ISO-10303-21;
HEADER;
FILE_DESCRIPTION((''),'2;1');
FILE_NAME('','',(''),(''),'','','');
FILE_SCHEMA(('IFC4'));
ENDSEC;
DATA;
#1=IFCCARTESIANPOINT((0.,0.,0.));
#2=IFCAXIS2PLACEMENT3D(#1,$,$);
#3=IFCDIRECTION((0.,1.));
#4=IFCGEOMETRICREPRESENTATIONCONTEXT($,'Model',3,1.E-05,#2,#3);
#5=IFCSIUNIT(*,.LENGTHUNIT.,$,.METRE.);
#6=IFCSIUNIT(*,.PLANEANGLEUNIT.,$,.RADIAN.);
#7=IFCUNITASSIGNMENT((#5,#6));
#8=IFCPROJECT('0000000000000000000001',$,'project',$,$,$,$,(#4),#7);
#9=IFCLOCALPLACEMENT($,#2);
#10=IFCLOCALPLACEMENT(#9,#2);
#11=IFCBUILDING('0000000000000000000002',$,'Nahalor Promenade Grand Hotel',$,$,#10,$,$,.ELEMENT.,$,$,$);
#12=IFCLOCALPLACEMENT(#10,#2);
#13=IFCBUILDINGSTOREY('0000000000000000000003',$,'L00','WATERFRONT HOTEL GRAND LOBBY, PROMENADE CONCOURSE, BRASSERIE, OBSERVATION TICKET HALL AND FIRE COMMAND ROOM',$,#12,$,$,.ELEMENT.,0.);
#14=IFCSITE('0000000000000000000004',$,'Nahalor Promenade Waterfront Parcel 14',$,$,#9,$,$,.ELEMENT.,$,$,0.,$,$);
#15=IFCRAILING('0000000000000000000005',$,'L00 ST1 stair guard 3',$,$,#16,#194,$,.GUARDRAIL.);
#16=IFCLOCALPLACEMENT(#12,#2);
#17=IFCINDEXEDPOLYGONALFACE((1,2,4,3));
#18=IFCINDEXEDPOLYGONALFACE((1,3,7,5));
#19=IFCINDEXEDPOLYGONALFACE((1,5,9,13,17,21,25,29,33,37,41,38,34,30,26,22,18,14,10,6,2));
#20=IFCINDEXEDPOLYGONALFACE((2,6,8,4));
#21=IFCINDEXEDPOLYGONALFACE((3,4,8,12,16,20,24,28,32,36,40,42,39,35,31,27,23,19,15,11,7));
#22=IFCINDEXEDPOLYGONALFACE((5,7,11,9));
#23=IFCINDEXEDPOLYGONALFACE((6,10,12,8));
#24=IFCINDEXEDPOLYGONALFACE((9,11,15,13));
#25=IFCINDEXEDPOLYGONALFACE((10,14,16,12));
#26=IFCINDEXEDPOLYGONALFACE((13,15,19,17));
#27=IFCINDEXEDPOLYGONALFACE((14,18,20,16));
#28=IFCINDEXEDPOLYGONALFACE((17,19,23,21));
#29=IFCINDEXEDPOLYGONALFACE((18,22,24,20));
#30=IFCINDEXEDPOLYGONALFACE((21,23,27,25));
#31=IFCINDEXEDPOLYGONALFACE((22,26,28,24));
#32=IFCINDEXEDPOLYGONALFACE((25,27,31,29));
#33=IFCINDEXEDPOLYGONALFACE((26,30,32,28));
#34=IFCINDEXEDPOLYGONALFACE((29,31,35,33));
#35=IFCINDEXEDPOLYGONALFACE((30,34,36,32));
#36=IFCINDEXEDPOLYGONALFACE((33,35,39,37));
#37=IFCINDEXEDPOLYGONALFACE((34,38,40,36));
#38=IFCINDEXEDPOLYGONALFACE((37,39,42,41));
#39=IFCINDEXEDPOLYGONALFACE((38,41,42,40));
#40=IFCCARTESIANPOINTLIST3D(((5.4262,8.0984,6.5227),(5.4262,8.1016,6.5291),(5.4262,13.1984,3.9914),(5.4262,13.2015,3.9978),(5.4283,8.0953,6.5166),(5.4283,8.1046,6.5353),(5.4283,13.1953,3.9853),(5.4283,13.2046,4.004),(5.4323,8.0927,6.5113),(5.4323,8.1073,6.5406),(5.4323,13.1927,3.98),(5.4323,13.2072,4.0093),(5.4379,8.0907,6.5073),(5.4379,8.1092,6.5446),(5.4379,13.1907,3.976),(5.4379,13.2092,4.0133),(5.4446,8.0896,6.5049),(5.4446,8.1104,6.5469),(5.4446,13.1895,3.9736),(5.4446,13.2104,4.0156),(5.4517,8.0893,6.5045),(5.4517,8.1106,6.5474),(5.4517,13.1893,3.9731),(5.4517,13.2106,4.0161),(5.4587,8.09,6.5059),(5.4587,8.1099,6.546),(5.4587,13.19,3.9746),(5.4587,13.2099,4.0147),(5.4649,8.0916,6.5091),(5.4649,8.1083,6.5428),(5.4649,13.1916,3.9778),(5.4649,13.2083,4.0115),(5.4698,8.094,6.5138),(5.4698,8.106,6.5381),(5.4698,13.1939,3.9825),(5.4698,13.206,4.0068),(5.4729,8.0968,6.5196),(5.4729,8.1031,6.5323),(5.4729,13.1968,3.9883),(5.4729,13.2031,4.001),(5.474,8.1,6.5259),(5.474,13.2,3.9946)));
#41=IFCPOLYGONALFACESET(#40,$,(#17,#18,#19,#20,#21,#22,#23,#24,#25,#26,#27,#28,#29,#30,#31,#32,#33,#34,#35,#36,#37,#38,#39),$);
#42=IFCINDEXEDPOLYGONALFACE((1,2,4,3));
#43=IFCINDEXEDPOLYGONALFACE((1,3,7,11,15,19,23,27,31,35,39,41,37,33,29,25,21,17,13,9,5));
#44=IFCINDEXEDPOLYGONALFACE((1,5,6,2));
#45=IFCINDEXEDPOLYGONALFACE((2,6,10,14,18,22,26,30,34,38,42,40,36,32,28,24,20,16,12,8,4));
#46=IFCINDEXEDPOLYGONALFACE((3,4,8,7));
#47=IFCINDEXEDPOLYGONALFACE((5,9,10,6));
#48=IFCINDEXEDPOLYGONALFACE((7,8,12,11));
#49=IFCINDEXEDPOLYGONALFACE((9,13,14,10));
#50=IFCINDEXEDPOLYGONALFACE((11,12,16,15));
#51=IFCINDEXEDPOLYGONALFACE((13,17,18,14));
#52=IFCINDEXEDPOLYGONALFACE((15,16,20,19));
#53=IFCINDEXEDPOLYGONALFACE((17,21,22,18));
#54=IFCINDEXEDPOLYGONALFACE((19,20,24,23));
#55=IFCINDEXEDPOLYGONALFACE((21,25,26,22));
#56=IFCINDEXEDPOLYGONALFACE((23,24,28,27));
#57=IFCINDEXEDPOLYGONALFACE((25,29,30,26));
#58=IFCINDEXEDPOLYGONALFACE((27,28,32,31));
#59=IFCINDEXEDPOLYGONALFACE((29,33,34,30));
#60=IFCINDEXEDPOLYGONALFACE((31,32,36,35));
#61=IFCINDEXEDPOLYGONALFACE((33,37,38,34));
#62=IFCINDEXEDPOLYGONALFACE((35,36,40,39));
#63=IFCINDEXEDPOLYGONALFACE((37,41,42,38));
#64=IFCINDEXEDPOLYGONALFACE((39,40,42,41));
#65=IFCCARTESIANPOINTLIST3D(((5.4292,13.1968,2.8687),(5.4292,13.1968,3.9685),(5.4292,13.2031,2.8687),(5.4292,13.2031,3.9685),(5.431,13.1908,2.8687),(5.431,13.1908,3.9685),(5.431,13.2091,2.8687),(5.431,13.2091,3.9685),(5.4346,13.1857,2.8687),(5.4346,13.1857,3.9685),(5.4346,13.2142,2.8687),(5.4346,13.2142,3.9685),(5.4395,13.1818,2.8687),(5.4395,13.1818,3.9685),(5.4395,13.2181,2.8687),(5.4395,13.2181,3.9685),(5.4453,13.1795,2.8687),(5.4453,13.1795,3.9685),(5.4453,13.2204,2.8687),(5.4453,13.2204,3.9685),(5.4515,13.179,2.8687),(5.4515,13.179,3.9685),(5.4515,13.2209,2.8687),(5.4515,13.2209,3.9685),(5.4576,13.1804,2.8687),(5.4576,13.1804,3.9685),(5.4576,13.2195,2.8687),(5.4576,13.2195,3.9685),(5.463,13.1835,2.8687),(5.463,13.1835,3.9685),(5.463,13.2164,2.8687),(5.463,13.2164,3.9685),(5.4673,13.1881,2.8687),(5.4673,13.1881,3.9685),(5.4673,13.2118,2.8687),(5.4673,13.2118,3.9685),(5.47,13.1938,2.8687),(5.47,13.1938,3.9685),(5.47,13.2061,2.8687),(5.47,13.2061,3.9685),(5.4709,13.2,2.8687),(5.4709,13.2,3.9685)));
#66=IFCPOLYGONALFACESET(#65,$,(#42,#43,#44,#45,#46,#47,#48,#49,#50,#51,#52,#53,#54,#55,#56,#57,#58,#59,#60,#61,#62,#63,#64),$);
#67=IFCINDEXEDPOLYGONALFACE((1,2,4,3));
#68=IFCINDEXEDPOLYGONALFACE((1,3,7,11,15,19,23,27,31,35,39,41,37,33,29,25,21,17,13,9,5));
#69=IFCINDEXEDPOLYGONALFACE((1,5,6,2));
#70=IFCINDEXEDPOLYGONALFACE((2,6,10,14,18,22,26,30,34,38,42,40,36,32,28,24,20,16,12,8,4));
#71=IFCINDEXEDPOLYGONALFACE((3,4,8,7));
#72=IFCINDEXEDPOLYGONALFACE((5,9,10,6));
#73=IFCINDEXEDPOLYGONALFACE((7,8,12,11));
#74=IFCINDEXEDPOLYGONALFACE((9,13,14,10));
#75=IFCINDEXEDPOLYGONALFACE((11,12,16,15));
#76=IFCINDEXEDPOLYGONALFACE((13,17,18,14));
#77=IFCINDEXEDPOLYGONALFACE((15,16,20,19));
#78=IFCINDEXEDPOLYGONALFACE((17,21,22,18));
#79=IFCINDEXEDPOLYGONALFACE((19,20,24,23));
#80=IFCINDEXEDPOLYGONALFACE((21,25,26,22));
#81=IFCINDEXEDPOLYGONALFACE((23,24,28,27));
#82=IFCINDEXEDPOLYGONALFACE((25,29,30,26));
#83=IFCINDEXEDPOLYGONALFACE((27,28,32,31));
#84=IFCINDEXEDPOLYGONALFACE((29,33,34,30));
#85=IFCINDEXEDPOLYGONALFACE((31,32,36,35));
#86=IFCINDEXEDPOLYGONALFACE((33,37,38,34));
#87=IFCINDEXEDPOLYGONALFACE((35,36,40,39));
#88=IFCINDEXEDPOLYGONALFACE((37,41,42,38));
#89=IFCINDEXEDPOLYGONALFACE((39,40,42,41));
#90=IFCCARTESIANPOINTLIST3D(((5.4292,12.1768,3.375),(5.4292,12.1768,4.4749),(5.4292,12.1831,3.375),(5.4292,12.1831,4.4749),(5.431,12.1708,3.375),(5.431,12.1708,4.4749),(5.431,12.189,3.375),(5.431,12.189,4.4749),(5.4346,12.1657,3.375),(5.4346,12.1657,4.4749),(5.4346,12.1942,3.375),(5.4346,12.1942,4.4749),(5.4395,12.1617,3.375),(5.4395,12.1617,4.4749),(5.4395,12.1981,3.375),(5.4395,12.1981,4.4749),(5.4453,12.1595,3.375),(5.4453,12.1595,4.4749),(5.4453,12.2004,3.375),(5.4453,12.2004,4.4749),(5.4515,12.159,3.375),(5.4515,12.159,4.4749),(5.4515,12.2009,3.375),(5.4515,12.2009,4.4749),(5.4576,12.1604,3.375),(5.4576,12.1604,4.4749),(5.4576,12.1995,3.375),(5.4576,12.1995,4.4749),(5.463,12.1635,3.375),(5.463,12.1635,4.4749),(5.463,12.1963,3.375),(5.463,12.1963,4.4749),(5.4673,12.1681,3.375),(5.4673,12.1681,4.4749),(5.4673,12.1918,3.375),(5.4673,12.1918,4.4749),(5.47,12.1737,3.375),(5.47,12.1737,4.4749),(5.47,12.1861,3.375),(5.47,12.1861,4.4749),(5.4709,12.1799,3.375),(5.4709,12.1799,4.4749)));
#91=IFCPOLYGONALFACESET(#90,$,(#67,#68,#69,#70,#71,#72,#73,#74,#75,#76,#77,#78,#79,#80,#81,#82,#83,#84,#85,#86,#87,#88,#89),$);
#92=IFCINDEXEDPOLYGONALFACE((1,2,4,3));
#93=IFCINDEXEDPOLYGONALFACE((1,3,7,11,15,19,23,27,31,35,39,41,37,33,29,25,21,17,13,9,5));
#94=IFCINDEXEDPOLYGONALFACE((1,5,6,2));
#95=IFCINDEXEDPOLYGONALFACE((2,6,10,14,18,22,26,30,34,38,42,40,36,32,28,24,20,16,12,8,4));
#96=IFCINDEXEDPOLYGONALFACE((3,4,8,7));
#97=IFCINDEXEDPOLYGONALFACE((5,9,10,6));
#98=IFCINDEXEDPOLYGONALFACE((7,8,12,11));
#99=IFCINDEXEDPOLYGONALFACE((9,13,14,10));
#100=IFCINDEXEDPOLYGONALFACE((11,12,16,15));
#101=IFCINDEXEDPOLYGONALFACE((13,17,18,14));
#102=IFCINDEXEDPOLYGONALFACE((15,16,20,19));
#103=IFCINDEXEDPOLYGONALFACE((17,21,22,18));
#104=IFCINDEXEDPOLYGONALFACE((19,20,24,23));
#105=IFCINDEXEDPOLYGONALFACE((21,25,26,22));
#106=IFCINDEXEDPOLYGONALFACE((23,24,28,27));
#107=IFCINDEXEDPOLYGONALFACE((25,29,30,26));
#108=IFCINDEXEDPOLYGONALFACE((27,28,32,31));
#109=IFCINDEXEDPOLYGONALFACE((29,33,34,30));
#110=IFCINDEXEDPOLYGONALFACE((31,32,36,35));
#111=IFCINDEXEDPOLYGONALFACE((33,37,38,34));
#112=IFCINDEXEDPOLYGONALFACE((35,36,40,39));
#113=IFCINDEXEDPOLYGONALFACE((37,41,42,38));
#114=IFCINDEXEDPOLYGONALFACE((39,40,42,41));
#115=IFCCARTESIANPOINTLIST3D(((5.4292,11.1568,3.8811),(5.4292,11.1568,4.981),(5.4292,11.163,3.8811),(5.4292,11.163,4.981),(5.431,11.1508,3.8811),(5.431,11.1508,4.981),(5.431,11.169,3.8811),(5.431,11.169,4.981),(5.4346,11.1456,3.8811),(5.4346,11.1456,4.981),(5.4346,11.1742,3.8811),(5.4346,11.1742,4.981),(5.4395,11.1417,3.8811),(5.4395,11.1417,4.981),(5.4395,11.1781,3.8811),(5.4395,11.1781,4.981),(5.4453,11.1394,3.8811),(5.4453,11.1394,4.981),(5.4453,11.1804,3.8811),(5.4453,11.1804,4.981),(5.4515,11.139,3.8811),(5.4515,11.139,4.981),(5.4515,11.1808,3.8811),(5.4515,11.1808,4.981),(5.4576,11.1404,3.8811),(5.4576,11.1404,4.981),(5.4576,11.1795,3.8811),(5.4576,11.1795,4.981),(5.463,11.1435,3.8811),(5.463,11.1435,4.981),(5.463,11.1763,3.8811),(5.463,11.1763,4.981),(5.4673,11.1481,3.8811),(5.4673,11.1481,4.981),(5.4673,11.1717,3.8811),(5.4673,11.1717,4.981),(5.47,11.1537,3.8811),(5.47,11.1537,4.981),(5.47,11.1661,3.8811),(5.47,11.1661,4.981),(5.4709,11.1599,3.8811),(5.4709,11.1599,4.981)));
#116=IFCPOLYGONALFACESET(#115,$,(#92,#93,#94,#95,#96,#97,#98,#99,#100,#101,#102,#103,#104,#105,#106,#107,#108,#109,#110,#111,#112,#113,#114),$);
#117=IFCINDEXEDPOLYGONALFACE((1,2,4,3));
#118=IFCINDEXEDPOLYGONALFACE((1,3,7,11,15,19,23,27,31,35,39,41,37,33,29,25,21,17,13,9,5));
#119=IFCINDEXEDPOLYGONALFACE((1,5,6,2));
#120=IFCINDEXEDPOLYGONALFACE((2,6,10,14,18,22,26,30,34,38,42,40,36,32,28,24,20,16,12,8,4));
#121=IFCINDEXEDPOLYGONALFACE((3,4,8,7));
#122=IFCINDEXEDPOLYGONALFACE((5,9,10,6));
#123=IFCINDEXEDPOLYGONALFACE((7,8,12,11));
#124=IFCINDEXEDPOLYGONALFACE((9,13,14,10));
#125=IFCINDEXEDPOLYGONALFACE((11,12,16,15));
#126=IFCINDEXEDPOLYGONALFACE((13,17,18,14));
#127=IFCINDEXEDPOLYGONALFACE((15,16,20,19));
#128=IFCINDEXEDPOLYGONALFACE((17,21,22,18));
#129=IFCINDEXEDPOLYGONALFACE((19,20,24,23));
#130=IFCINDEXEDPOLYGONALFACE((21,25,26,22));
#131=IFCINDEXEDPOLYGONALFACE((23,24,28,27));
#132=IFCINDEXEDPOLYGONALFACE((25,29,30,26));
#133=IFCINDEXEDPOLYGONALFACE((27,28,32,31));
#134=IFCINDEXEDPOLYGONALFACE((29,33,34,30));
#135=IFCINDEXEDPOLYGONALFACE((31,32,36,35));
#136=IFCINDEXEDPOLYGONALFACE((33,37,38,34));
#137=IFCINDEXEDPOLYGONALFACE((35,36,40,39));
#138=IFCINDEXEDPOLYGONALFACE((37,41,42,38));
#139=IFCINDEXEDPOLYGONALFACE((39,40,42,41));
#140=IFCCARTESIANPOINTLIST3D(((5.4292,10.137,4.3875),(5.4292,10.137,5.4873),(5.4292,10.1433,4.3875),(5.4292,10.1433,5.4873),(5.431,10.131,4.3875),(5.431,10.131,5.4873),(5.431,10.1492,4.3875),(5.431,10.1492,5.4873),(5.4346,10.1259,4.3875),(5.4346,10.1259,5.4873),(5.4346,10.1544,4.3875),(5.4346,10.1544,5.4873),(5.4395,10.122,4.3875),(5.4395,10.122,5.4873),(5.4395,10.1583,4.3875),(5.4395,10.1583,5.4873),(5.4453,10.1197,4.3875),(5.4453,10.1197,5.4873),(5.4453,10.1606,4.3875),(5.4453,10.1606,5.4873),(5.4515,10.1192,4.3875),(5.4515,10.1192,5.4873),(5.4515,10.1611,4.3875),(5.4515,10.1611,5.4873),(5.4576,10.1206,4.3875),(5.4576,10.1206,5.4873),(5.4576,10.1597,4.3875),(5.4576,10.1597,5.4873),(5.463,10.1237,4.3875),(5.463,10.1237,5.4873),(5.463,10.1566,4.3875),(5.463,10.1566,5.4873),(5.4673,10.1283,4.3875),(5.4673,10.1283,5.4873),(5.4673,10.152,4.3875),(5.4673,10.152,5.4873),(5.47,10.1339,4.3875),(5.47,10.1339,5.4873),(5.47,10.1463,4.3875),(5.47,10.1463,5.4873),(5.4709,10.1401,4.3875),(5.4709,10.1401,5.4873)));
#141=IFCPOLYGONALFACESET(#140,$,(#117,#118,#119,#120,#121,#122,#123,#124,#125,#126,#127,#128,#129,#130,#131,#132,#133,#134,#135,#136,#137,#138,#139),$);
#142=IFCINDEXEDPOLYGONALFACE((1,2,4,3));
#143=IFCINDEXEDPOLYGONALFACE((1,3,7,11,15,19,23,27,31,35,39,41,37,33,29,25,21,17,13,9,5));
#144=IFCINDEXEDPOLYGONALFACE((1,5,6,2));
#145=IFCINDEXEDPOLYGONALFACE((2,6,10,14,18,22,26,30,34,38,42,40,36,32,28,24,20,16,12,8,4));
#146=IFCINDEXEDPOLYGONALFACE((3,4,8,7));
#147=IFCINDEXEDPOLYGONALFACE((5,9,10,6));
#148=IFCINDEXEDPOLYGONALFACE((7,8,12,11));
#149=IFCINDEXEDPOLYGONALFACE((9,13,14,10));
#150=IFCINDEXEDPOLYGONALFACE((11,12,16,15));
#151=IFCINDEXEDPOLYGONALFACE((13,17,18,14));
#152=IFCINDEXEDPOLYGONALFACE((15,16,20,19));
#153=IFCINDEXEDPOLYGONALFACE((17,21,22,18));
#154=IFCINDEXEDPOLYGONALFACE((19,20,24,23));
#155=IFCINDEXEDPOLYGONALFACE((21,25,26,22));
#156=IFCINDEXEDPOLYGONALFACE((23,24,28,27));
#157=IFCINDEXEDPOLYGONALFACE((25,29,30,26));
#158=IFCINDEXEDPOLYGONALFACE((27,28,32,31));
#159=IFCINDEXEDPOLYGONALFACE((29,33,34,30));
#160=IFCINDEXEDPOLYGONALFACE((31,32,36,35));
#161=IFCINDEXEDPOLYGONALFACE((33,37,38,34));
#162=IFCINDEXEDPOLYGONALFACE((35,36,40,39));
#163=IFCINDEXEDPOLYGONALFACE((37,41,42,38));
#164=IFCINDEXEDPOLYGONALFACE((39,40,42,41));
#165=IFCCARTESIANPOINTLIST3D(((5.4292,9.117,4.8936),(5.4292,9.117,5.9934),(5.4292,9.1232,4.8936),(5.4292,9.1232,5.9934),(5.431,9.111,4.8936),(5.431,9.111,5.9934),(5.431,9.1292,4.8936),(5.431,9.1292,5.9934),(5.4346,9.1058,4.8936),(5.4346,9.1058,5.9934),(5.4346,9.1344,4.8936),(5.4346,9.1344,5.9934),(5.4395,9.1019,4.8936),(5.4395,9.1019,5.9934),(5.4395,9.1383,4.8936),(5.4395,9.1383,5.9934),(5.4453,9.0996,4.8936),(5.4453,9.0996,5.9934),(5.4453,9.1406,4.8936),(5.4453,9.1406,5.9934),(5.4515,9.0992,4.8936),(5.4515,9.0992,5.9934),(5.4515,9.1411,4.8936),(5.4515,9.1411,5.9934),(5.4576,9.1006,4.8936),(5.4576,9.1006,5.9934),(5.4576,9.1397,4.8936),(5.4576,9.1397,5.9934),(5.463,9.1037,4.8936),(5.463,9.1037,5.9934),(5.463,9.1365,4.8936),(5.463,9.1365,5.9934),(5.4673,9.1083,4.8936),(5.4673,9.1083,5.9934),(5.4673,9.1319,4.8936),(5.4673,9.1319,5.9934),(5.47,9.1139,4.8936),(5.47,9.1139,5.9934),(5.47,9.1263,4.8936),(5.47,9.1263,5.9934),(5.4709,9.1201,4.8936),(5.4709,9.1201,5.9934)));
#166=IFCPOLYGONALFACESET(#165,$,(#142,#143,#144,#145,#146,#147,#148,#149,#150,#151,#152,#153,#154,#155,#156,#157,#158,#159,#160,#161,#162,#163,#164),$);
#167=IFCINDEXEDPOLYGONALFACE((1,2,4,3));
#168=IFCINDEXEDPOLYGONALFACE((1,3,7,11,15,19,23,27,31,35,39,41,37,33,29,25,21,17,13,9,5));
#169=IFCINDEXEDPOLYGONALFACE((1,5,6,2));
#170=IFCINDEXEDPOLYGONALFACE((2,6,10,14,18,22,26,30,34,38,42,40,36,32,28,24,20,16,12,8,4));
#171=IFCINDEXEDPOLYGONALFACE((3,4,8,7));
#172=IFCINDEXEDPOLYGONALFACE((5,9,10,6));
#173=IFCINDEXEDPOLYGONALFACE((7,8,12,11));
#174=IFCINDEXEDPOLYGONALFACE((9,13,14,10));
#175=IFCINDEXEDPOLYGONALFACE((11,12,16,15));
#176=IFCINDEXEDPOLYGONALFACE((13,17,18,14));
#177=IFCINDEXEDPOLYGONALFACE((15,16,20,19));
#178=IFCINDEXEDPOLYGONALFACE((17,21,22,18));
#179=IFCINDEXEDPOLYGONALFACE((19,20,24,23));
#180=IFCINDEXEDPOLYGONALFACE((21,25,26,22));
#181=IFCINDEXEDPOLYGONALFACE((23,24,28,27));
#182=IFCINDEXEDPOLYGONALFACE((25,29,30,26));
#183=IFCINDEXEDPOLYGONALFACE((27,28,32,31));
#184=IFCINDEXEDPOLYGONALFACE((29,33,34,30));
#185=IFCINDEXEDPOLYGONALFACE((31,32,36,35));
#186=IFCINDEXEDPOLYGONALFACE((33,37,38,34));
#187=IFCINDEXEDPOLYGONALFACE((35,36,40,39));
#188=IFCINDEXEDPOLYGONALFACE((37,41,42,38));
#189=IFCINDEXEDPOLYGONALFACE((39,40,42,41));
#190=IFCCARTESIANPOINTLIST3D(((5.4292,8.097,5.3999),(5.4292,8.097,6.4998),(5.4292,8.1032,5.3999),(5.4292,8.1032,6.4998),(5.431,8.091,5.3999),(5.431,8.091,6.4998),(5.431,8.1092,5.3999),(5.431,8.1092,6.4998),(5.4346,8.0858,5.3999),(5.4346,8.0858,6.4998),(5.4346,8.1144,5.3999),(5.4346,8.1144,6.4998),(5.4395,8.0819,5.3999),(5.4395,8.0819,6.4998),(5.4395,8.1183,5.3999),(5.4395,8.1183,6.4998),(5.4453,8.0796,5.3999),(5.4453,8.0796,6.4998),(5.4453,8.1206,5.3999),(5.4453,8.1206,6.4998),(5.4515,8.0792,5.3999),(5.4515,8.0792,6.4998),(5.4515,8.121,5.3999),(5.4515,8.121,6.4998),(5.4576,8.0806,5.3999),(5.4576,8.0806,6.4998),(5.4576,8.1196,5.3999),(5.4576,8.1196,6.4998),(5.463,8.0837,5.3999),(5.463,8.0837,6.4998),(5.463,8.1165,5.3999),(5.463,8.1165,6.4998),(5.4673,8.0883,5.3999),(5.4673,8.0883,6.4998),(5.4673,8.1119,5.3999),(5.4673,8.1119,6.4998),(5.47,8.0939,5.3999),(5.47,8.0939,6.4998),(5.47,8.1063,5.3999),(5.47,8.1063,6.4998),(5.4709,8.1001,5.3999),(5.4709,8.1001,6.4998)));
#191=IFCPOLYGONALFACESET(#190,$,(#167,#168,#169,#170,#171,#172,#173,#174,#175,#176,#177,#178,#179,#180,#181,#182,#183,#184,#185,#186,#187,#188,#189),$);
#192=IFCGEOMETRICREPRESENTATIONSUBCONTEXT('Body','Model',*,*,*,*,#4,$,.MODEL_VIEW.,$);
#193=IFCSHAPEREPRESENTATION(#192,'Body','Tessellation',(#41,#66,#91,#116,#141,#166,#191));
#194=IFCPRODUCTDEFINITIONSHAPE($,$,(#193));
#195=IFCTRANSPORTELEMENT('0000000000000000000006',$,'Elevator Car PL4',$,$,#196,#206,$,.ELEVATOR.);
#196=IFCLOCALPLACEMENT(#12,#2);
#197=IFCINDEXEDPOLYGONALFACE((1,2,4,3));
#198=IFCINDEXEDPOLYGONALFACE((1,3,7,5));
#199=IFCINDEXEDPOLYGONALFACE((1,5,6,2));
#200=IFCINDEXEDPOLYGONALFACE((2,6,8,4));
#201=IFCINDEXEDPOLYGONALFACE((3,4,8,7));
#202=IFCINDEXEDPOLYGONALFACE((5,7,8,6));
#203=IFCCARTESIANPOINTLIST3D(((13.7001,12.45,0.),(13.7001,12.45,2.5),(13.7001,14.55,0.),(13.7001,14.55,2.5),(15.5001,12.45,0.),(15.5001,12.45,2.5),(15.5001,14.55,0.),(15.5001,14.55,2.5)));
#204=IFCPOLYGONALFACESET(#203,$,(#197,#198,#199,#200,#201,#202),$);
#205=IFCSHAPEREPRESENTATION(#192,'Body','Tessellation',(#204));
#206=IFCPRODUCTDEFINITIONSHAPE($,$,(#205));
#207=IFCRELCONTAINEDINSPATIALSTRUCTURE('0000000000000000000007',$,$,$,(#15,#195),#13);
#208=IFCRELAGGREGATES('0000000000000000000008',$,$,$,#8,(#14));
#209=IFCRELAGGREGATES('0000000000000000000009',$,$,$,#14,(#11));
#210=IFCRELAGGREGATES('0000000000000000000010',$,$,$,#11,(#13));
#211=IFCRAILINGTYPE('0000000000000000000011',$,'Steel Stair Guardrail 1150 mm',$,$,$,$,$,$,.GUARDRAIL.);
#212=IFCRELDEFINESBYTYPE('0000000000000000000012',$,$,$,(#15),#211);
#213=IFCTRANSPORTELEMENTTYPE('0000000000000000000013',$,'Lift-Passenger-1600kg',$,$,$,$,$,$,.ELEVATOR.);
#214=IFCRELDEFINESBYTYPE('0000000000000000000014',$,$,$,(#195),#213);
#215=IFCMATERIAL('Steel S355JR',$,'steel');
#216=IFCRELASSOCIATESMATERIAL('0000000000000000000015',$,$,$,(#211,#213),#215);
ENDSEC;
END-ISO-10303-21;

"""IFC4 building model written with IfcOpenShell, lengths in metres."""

from ifc_helpers import new_model, si_unit, direction, frame, origin, origin_2d, place, context, subcontext, project, spatial, rectangle, circle, extrude, source, transform, mapped, material, type_object, element, save


model = new_model("IFC4")

# Units and contexts
model_context = context("Model", 3, precision=1e-05, world=origin(), true_north=direction((0.0, 1.0)))
body_context = subcontext(model_context, "Body", "Model", "MODEL_VIEW")
ifc_project = project(units=[si_unit("LENGTHUNIT", "METRE"), si_unit("PLANEANGLEUNIT", "RADIAN")], contexts=[model_context])

# Site, building, storey
site_placement = place(None, origin())
site = spatial("IfcSite", under=ifc_project, at=site_placement, Name="Nahalor Promenade Waterfront Parcel 14", CompositionType="ELEMENT", RefElevation=0.0)
building_placement = place(site_placement, origin())
building = spatial("IfcBuilding", under=site, at=building_placement, Name="Nahalor Promenade Grand Hotel", CompositionType="ELEMENT")
storey_placement = place(building_placement, origin())
storey = spatial("IfcBuildingStorey", under=building, at=storey_placement, Name="L00", Description="WATERFRONT HOTEL GRAND LOBBY, PROMENADE CONCOURSE, BRASSERIE, OBSERVATION TICKET HALL AND FIRE COMMAND ROOM", CompositionType="ELEMENT", Elevation=0.0)

# Shared definitions
ifc_material_1 = material(Name="Steel S355JR", Category="steel")

# Railing
railing_type = type_object("IfcRailingType", Name="Steel Stair Guardrail 1150 mm", PredefinedType="GUARDRAIL", material=ifc_material_1)
railing_1_placement = place(storey_placement, frame((5.45, 13.2, 2.8687)))
element("IfcRailing", 1, at=railing_1_placement, inside=storey, type_object=railing_type, Name="L00 ST1 stair guard 3", PredefinedType="GUARDRAIL", context=body_context, shape_type="SweptSolid", body=[
    extrude(circle(Radius=0.024, at=origin_2d()), frame((0.0, 0.0, 1.126), z_axis=(0.0, -0.895735, 0.444587), x_axis=(1.0, 0.0, 0.0)), (0.0, 0.0, 1.0), 5.6936),
    extrude(circle(Radius=0.021, at=origin_2d()), origin(), (0.0, 0.0, 1.0), 1.0999),
    extrude(circle(Radius=0.021, at=origin_2d()), frame((0.0, -1.02, 0.5063)), (0.0, 0.0, 1.0), 1.0999),
    extrude(circle(Radius=0.021, at=origin_2d()), frame((0.0, -2.04, 1.0125)), (0.0, 0.0, 1.0), 1.0999),
    extrude(circle(Radius=0.021, at=origin_2d()), frame((0.0, -3.0598, 1.5188)), (0.0, 0.0, 1.0), 1.0999),
    extrude(circle(Radius=0.021, at=origin_2d()), frame((0.0, -4.0798, 2.0249)), (0.0, 0.0, 1.0), 1.0999),
    extrude(circle(Radius=0.021, at=origin_2d()), frame((0.0, -5.0999, 2.5312)), (0.0, 0.0, 1.0), 1.0999),
])

# Transport element
transport_element_type = type_object("IfcTransportElementType", Name="Lift-Passenger-1600kg", PredefinedType="ELEVATOR", material=ifc_material_1)
shared_shape_1 = source(origin(), body_context, "Body", "SweptSolid", [
    extrude(rectangle(XDim=1.8, YDim=2.1001, at=origin_2d()), origin(), (0.0, 0.0, 1.0), 2.5),
])
transport_element_placement = place(storey_placement, frame((14.6001, 13.5, 0.0), z_axis=(0.0, 0.0, 1.0), x_axis=(1.0, 0.0, 0.0)))
element("IfcTransportElement", 2, at=transport_element_placement, inside=storey, type_object=transport_element_type, Name="Elevator Car PL4", PredefinedType="ELEVATOR", context=body_context, shape_type="MappedRepresentation", body=[
    mapped(shared_shape_1, transform((0.0, 0.0, 0.0), scale=1.0)),
])

save(model, "model.ifc")
